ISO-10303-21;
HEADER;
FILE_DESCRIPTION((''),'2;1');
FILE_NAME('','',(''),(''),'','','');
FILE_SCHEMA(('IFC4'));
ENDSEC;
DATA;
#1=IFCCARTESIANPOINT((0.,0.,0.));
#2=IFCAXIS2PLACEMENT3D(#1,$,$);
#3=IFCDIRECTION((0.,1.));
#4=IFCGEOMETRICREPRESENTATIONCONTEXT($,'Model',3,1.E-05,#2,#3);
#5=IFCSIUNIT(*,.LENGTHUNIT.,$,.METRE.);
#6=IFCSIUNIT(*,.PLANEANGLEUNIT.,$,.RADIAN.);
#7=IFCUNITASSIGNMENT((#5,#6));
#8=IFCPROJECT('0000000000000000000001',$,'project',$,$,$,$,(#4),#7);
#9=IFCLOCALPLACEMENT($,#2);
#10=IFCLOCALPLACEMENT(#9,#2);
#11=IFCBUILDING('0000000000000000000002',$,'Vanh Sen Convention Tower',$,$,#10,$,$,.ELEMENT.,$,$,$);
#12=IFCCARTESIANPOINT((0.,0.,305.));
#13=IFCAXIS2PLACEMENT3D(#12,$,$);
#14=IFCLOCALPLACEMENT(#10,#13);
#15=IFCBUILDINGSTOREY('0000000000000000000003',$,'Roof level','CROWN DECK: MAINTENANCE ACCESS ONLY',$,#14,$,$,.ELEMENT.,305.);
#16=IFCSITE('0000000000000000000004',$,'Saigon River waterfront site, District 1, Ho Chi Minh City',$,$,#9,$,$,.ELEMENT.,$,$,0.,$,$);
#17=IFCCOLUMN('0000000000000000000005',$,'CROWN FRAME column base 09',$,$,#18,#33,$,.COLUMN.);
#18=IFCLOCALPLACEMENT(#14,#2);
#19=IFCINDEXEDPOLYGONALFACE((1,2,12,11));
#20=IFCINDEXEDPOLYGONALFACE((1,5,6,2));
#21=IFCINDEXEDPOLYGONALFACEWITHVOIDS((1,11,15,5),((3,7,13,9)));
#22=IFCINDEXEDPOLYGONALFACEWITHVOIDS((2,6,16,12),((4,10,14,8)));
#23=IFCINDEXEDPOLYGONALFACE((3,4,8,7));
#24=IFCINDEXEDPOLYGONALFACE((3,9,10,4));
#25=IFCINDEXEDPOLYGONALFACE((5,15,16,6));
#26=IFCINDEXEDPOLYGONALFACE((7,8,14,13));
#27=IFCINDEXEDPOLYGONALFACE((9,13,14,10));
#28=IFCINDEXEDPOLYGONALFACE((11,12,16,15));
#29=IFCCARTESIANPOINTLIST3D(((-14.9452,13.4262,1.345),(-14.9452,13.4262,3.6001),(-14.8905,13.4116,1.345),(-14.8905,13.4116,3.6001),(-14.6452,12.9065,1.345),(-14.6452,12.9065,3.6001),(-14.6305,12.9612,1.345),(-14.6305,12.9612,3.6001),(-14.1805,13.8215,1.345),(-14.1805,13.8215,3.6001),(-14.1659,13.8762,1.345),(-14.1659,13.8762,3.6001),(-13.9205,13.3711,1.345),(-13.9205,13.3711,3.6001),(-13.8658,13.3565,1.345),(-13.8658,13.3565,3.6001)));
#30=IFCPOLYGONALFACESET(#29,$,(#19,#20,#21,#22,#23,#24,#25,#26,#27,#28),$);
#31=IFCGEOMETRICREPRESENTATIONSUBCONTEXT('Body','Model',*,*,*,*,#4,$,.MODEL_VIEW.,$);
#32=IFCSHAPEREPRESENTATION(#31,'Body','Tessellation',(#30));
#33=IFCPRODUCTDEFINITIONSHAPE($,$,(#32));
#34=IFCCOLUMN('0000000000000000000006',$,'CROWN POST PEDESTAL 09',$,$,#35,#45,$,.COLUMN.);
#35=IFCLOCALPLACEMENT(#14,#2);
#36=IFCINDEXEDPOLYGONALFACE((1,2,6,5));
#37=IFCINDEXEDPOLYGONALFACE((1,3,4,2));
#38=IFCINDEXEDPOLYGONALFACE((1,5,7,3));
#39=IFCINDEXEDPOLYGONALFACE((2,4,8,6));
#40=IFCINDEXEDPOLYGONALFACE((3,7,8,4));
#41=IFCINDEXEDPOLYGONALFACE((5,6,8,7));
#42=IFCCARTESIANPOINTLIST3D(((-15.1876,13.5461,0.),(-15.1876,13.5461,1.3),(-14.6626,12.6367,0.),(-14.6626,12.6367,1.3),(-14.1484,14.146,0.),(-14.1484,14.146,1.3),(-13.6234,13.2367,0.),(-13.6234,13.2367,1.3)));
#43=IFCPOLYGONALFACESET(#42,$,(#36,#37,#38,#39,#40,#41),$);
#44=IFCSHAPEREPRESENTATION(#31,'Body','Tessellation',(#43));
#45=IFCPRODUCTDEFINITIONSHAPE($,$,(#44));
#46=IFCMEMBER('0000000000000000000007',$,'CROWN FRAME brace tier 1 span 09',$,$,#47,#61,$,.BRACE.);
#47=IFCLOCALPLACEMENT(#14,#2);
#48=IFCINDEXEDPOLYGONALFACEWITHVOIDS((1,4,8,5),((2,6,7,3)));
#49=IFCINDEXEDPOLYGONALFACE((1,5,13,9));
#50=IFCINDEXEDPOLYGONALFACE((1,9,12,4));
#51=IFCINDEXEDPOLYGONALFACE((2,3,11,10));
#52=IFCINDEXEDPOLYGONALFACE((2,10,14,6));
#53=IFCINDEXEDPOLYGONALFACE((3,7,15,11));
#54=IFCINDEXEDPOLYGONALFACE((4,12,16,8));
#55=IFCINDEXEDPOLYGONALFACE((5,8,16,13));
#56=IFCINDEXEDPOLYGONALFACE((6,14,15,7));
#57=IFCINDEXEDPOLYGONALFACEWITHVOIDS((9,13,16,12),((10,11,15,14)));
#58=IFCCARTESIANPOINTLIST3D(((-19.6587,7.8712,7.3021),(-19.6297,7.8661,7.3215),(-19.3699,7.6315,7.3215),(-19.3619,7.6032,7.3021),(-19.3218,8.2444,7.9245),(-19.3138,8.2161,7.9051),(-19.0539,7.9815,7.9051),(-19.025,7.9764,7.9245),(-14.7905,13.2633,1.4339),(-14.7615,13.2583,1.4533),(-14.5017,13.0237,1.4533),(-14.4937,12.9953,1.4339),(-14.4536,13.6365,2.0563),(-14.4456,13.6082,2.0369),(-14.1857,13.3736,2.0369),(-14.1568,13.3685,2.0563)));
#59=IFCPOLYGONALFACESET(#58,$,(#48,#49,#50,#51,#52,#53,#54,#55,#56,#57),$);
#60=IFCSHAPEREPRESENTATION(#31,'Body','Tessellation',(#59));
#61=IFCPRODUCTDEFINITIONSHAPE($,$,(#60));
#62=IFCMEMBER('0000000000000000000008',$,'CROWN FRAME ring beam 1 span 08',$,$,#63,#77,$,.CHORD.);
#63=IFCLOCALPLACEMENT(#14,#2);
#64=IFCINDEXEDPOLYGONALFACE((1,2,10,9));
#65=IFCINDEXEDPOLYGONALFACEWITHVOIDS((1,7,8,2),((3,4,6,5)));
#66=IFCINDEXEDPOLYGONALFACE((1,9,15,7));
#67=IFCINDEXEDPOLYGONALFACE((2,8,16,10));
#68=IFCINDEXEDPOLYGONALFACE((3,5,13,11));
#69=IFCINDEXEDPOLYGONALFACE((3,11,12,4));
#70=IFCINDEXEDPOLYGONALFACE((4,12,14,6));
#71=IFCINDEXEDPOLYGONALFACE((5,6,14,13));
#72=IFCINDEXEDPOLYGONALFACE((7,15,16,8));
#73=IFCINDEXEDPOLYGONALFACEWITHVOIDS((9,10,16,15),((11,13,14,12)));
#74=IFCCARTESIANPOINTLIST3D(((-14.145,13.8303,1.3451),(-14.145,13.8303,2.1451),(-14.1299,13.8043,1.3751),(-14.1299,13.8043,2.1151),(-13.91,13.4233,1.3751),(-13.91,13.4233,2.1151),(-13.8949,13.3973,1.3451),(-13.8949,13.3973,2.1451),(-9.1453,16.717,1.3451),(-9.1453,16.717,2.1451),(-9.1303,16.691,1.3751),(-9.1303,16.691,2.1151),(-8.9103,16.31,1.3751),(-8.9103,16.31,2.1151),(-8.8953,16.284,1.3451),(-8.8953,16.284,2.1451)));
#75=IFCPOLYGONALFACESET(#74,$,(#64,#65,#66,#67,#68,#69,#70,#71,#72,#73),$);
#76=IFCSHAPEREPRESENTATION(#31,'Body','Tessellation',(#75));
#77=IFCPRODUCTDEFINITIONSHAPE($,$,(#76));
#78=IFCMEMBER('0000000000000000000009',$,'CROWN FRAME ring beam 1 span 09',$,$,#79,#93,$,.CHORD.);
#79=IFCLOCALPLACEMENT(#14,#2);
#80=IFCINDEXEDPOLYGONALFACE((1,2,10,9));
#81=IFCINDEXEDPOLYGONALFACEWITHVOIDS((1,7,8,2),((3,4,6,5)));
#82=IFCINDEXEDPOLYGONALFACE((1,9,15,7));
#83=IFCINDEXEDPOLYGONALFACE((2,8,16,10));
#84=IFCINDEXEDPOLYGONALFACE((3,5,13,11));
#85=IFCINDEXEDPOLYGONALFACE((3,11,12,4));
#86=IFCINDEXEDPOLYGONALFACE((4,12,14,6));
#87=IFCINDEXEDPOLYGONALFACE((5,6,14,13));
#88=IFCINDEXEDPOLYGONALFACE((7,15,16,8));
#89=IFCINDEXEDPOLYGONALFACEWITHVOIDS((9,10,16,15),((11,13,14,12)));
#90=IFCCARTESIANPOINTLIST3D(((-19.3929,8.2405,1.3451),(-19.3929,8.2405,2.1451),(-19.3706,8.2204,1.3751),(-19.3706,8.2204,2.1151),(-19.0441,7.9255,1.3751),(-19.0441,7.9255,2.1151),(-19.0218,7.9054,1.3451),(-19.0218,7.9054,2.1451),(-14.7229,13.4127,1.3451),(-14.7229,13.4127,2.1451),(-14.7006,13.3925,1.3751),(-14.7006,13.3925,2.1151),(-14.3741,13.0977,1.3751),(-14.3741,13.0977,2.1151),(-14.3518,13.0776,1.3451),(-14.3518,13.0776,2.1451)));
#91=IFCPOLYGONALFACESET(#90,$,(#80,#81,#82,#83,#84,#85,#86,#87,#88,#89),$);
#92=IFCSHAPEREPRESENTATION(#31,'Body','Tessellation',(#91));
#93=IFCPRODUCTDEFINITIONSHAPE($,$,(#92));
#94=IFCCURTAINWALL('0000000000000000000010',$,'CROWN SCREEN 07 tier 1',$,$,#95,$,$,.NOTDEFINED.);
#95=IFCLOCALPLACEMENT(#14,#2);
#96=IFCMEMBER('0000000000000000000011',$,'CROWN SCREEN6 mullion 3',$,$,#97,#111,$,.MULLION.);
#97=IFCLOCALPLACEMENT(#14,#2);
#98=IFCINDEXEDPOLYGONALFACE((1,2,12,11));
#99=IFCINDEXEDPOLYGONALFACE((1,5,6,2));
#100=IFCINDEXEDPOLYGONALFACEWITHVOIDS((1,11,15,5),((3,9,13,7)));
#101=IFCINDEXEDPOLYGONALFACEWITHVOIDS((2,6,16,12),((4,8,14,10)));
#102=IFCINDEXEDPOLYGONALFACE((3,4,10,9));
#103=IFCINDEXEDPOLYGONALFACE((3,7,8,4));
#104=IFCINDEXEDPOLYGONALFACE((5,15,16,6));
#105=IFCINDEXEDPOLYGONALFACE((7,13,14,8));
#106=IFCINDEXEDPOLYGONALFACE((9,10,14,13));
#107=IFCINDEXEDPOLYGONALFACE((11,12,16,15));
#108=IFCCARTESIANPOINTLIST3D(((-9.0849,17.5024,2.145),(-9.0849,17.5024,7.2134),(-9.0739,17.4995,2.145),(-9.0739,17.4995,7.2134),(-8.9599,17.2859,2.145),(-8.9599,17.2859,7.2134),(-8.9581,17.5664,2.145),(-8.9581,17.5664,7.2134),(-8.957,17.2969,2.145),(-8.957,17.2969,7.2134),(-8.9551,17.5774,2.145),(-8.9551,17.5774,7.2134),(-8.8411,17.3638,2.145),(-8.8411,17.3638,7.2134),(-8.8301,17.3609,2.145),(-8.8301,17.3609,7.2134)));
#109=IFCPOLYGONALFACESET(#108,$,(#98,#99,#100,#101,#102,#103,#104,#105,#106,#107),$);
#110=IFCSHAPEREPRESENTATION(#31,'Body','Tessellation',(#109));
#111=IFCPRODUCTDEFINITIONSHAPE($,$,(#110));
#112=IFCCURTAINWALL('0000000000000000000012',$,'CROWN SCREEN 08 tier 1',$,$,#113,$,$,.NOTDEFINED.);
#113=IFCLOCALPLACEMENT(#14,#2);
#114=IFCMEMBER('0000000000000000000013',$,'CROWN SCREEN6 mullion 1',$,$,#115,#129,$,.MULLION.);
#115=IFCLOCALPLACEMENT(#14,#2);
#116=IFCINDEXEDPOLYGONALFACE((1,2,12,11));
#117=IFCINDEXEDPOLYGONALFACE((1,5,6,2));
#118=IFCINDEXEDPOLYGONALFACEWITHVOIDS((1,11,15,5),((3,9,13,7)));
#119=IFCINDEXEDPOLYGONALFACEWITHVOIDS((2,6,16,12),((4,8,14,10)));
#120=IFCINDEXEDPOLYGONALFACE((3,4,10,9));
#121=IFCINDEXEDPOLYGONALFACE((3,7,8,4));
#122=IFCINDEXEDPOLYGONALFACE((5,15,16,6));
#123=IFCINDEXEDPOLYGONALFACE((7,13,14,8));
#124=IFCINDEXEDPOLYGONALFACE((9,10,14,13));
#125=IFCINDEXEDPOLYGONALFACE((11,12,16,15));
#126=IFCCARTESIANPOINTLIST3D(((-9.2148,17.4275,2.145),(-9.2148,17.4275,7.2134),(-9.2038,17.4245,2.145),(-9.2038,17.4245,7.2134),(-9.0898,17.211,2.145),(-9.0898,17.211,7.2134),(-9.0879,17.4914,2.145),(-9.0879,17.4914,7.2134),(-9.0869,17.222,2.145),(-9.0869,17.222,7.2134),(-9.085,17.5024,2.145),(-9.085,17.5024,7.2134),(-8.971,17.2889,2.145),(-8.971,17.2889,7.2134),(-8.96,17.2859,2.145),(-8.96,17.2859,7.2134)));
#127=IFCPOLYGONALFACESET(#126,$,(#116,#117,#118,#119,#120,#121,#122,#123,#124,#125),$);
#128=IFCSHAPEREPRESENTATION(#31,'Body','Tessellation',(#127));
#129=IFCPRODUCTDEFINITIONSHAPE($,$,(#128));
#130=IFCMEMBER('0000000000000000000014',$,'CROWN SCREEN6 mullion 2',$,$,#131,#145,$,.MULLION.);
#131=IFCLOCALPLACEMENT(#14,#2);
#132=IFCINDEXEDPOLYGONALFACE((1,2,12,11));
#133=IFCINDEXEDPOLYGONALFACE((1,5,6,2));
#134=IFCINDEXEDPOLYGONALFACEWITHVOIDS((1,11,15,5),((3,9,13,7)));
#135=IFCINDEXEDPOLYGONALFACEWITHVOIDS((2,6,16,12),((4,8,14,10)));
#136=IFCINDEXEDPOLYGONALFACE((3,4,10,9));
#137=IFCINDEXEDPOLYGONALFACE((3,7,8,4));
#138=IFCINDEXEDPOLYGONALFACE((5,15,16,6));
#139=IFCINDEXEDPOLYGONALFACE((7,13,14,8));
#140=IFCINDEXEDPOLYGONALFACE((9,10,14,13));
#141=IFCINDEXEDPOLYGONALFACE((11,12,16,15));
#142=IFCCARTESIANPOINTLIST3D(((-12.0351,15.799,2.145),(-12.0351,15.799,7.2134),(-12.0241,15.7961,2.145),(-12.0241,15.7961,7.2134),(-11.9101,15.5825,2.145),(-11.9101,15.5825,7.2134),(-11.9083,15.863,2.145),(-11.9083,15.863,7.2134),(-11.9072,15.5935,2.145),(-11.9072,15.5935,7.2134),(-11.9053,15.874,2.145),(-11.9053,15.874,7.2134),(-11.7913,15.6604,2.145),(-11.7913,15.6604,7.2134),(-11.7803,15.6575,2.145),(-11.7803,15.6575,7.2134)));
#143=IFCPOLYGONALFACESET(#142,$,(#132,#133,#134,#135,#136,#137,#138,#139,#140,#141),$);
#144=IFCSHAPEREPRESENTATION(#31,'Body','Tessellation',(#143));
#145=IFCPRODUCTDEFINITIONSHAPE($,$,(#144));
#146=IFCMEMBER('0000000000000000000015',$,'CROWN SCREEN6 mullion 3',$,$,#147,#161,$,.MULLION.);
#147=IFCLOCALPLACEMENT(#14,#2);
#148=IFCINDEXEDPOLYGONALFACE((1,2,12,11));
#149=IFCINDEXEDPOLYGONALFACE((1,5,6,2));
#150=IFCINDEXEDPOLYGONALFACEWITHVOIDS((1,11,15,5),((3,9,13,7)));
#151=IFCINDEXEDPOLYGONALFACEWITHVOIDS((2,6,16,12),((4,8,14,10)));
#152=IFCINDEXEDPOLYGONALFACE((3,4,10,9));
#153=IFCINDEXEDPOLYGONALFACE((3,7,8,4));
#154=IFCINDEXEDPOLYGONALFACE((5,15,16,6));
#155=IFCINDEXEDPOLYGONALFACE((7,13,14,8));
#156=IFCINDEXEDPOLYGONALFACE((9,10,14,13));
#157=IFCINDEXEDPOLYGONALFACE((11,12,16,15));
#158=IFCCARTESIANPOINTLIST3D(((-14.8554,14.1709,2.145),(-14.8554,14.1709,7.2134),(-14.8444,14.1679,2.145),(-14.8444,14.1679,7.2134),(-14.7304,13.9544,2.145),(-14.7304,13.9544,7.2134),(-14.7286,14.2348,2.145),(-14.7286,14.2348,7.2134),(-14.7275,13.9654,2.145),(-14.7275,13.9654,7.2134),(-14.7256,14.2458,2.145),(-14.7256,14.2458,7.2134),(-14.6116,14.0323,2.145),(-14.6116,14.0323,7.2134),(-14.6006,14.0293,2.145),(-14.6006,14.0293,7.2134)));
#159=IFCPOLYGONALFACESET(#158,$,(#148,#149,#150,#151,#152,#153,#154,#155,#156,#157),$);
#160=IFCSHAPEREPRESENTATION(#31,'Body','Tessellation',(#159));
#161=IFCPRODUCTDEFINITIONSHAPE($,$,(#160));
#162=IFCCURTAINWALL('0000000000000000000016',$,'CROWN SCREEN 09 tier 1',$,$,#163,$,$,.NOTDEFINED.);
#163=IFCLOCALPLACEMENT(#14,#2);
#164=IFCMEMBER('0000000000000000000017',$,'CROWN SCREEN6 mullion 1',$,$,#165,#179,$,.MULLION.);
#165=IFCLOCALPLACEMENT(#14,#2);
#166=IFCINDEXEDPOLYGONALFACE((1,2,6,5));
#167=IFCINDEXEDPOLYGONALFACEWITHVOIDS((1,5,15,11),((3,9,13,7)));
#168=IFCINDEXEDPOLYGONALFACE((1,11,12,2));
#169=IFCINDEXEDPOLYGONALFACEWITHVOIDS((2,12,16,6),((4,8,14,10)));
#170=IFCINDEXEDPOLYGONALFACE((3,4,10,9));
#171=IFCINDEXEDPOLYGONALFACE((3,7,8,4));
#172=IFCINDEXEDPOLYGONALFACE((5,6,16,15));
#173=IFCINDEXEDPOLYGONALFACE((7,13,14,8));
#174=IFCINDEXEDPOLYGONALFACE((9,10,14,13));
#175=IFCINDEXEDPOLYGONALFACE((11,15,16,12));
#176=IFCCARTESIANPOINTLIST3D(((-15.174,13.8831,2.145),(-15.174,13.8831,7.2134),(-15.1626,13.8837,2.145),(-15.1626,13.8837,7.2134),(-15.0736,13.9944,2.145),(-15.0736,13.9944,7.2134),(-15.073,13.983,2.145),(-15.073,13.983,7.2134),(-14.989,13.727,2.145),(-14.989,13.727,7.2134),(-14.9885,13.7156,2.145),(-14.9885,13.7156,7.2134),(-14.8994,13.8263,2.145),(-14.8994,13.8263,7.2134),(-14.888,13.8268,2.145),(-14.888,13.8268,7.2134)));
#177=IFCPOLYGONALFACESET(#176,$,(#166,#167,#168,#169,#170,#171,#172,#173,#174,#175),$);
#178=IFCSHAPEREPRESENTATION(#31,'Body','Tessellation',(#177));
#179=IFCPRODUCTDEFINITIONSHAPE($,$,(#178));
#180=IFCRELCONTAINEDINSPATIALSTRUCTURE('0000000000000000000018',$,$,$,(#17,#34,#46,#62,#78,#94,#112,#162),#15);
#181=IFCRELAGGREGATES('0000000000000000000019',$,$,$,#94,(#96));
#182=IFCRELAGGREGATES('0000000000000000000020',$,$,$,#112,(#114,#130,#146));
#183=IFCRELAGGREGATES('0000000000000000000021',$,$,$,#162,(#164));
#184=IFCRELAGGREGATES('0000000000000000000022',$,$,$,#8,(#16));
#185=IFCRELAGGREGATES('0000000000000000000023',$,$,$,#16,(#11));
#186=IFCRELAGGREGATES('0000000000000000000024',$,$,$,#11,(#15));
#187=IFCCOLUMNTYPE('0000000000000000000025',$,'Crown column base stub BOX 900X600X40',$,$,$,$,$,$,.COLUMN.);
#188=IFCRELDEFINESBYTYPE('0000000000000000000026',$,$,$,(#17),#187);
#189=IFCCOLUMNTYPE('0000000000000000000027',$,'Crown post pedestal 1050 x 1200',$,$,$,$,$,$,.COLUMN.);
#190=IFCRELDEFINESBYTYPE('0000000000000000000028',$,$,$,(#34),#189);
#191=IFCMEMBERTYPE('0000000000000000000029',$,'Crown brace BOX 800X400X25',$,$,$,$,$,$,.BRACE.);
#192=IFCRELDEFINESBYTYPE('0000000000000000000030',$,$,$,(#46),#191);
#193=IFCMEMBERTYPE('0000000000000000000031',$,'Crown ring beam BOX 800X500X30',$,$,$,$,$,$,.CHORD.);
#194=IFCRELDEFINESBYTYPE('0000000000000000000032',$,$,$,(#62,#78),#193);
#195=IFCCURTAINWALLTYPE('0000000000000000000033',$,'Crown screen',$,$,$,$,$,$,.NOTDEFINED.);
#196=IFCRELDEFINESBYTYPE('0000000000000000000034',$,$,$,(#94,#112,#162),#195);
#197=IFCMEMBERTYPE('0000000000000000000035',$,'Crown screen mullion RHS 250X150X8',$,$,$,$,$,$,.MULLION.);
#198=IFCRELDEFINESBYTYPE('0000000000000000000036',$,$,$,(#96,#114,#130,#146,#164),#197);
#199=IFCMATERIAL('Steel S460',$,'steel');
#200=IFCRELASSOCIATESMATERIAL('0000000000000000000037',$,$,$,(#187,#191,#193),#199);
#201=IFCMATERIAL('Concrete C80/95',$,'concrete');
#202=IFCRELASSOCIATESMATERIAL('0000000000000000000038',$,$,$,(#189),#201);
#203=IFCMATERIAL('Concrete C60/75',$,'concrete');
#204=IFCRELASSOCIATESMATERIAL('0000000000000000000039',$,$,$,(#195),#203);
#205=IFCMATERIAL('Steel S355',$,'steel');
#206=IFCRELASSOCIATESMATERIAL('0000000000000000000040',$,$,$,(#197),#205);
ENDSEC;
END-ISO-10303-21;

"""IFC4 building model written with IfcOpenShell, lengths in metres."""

from ifc_helpers import new_model, si_unit, direction, frame, origin, origin_2d, place, context, subcontext, project, spatial, rectangle, hollow_rectangle, extrude, material, material_profile, profile_set, type_object, element, aggregate, save


model = new_model("IFC4")

# Units and contexts
model_context = context("Model", 3, precision=1e-05, world=origin(), true_north=direction((0.0, 1.0)))
body_context = subcontext(model_context, "Body", "Model", "MODEL_VIEW")
ifc_project = project(units=[si_unit("LENGTHUNIT", "METRE"), si_unit("PLANEANGLEUNIT", "RADIAN")], contexts=[model_context])

# Site, building, storey
site_placement = place(None, origin())
site = spatial("IfcSite", under=ifc_project, at=site_placement, Name="Saigon River waterfront site, District 1, Ho Chi Minh City", CompositionType="ELEMENT", RefElevation=0.0)
building_placement = place(site_placement, origin())
building = spatial("IfcBuilding", under=site, at=building_placement, Name="Vanh Sen Convention Tower", CompositionType="ELEMENT")
storey_placement = place(building_placement, frame((0.0, 0.0, 305.0)))
storey = spatial("IfcBuildingStorey", under=building, at=storey_placement, Name="Roof level", Description="CROWN DECK: MAINTENANCE ACCESS ONLY", CompositionType="ELEMENT", Elevation=305.0)

# Columns
ifc_material_1 = material(Name="Steel S460", Category="steel")
ifc_material_profile_1 = material_profile(ifc_material_1, hollow_rectangle(XDim=0.6001, YDim=0.8999, WallThickness=0.04, at=origin_2d()), Name="BOX 900X600X40")
ifc_profile_set_1 = profile_set([ifc_material_profile_1], Name="Steel S460")
column_type_1 = type_object("IfcColumnType", Name="Crown column base stub BOX 900X600X40", PredefinedType="COLUMN", material=ifc_profile_set_1)
column_1_placement = place(storey_placement, frame((-14.4055, 13.3914, 1.345), z_axis=(0.0, 0.0, 1.0), x_axis=(0.5, -0.866025, 0.0)))
element("IfcColumn", 1, at=column_1_placement, inside=storey, type_object=column_type_1, Name="CROWN FRAME column base 09", PredefinedType="COLUMN", context=body_context, shape_type="SweptSolid", body=[
    extrude(hollow_rectangle(XDim=0.6001, YDim=0.8999, WallThickness=0.04, at=origin_2d()), origin(), (0.0, 0.0, 1.0), 2.2551),
])
ifc_material_2 = material(Name="Concrete C80/95", Category="concrete")
ifc_material_profile_2 = material_profile(ifc_material_2, rectangle(XDim=1.05, YDim=1.2, at=origin_2d()), Name="RC 1050X1200")
ifc_profile_set_2 = profile_set([ifc_material_profile_2], Name="Concrete C80/95")
column_type_2 = type_object("IfcColumnType", Name="Crown post pedestal 1050 x 1200", PredefinedType="COLUMN", material=ifc_profile_set_2)
column_2_placement = place(storey_placement, frame((-14.4055, 13.3914, 0.0), z_axis=(0.0, 0.0, 1.0), x_axis=(0.5, -0.866025, 0.0)))
element("IfcColumn", 2, at=column_2_placement, inside=storey, type_object=column_type_2, Name="CROWN POST PEDESTAL 09", PredefinedType="COLUMN", context=body_context, shape_type="SweptSolid", body=[
    extrude(rectangle(XDim=1.05, YDim=1.2, at=origin_2d()), origin(), (0.0, 0.0, 1.0), 1.3),
])

# Members
ifc_material_profile_3 = material_profile(ifc_material_1, hollow_rectangle(XDim=0.3999, YDim=0.8, WallThickness=0.0249, at=origin_2d()), Name="BOX 800X400X25")
ifc_profile_set_3 = profile_set([ifc_material_profile_3], Name="Steel S460")
member_type_1 = type_object("IfcMemberType", Name="Crown brace BOX 800X400X25", PredefinedType="BRACE", material=ifc_profile_set_3)
member_1_placement = place(storey_placement, frame((-14.4736, 13.3159, 1.7451), z_axis=(-0.521296, -0.5774, 0.628379), x_axis=(0.742247, -0.670126, 0.0)))
element("IfcMember", 3, at=member_1_placement, inside=storey, type_object=member_type_1, Name="CROWN FRAME brace tier 1 span 09", PredefinedType="BRACE", context=body_context, shape_type="SweptSolid", body=[
    extrude(hollow_rectangle(XDim=0.3999, YDim=0.8, WallThickness=0.0249, at=origin_2d()), origin(), (0.0, 0.0, 1.0), 9.3386),
])
ifc_material_profile_4 = material_profile(ifc_material_1, hollow_rectangle(XDim=0.5, YDim=0.8, WallThickness=0.03, at=origin_2d()), Name="BOX 800X500X30")
ifc_profile_set_4 = profile_set([ifc_material_profile_4], Name="Steel S460")
member_type_2 = type_object("IfcMemberType", Name="Crown ring beam BOX 800X500X30", PredefinedType="CHORD", material=ifc_profile_set_4)
member_2_placement = place(storey_placement, frame((-9.0203, 16.5005, 1.7451), z_axis=(-0.866017, -0.500014, 0.0), x_axis=(0.500014, -0.866017, 0.0)))
element("IfcMember", 4, at=member_2_placement, inside=storey, type_object=member_type_2, Name="CROWN FRAME ring beam 1 span 08", PredefinedType="CHORD", context=body_context, shape_type="SweptSolid", body=[
    extrude(hollow_rectangle(XDim=0.5, YDim=0.8, WallThickness=0.03, at=origin_2d()), origin(), (0.0, 0.0, 1.0), 5.7732),
])
member_3_placement = place(storey_placement, frame((-14.5374, 13.2451, 1.7451), z_axis=(-0.670154, -0.742222, 0.0), x_axis=(0.742222, -0.670154, 0.0)))
element("IfcMember", 5, at=member_3_placement, inside=storey, type_object=member_type_2, Name="CROWN FRAME ring beam 1 span 09", PredefinedType="CHORD", context=body_context, shape_type="SweptSolid", body=[
    extrude(hollow_rectangle(XDim=0.5, YDim=0.8, WallThickness=0.03, at=origin_2d()), origin(), (0.0, 0.0, 1.0), 6.9685),
])

# Curtain wall, member
ifc_material_3 = material(Name="Concrete C60/75", Category="concrete")
curtain_wall_type = type_object("IfcCurtainWallType", Name="Crown screen", PredefinedType="NOTDEFINED", material=ifc_material_3)
curtain_wall_1_placement = place(storey_placement, origin())
curtain_wall_1 = element("IfcCurtainWall", 6, at=curtain_wall_1_placement, inside=storey, type_object=curtain_wall_type, Name="CROWN SCREEN 07 tier 1", PredefinedType="NOTDEFINED")
ifc_material_4 = material(Name="Steel S355", Category="steel")
ifc_material_profile_5 = material_profile(ifc_material_4, hollow_rectangle(XDim=0.25, YDim=0.1499, WallThickness=0.0081, at=origin_2d()), Name="RHS 250X150X8")
ifc_profile_set_5 = profile_set([ifc_material_profile_5], Name="Steel S355")
member_type_3 = type_object("IfcMemberType", Name="Crown screen mullion RHS 250X150X8", PredefinedType="MULLION", material=ifc_profile_set_5)
member_4_placement = place(storey_placement, frame((-8.9575, 17.4316, 2.145), z_axis=(0.0, 0.0, 1.0), x_axis=(0.500005, -0.866023, 0.0)))
member_4 = element("IfcMember", 7, at=member_4_placement, type_object=member_type_3, Name="CROWN SCREEN6 mullion 3", PredefinedType="MULLION", context=body_context, shape_type="SweptSolid", body=[
    extrude(hollow_rectangle(XDim=0.25, YDim=0.1499, WallThickness=0.0081, at=origin_2d()), origin(), (0.0, 0.0, 1.0), 5.0684),
])
aggregate(curtain_wall_1, [member_4])

# Curtain wall, members
curtain_wall_2_placement = place(storey_placement, origin())
curtain_wall_2 = element("IfcCurtainWall", 8, at=curtain_wall_2_placement, inside=storey, type_object=curtain_wall_type, Name="CROWN SCREEN 08 tier 1", PredefinedType="NOTDEFINED")
member_5_placement = place(storey_placement, frame((-9.0874, 17.3567, 2.145), z_axis=(0.0, 0.0, 1.0), x_axis=(0.500005, -0.866023, 0.0)))
member_5 = element("IfcMember", 9, at=member_5_placement, type_object=member_type_3, Name="CROWN SCREEN6 mullion 1", PredefinedType="MULLION", context=body_context, shape_type="SweptSolid", body=[
    extrude(hollow_rectangle(XDim=0.25, YDim=0.1499, WallThickness=0.0081, at=origin_2d()), origin(), (0.0, 0.0, 1.0), 5.0684),
])
member_6_placement = place(storey_placement, frame((-11.9077, 15.7283, 2.145), z_axis=(0.0, 0.0, 1.0), x_axis=(0.500005, -0.866023, 0.0)))
member_6 = element("IfcMember", 10, at=member_6_placement, type_object=member_type_3, Name="CROWN SCREEN6 mullion 2", PredefinedType="MULLION", context=body_context, shape_type="SweptSolid", body=[
    extrude(hollow_rectangle(XDim=0.25, YDim=0.1499, WallThickness=0.0081, at=origin_2d()), origin(), (0.0, 0.0, 1.0), 5.0684),
])
member_7_placement = place(storey_placement, frame((-14.728, 14.1001, 2.145), z_axis=(0.0, 0.0, 1.0), x_axis=(0.500005, -0.866023, 0.0)))
member_7 = element("IfcMember", 11, at=member_7_placement, type_object=member_type_3, Name="CROWN SCREEN6 mullion 3", PredefinedType="MULLION", context=body_context, shape_type="SweptSolid", body=[
    extrude(hollow_rectangle(XDim=0.25, YDim=0.1499, WallThickness=0.0081, at=origin_2d()), origin(), (0.0, 0.0, 1.0), 5.0684),
])
aggregate(curtain_wall_2, [member_5, member_6, member_7])

# Curtain wall, member
curtain_wall_3_placement = place(storey_placement, origin())
curtain_wall_3 = element("IfcCurtainWall", 12, at=curtain_wall_3_placement, inside=storey, type_object=curtain_wall_type, Name="CROWN SCREEN 09 tier 1", PredefinedType="NOTDEFINED")
member_8_placement = place(storey_placement, frame((-15.031, 13.855, 2.145), z_axis=(0.0, 0.0, 1.0), x_axis=(0.742232, -0.670143, 0.0)))
member_8 = element("IfcMember", 13, at=member_8_placement, type_object=member_type_3, Name="CROWN SCREEN6 mullion 1", PredefinedType="MULLION", context=body_context, shape_type="SweptSolid", body=[
    extrude(hollow_rectangle(XDim=0.25, YDim=0.1499, WallThickness=0.0081, at=origin_2d()), origin(), (0.0, 0.0, 1.0), 5.0684),
])
aggregate(curtain_wall_3, [member_8])

save(model, "model.ifc")
